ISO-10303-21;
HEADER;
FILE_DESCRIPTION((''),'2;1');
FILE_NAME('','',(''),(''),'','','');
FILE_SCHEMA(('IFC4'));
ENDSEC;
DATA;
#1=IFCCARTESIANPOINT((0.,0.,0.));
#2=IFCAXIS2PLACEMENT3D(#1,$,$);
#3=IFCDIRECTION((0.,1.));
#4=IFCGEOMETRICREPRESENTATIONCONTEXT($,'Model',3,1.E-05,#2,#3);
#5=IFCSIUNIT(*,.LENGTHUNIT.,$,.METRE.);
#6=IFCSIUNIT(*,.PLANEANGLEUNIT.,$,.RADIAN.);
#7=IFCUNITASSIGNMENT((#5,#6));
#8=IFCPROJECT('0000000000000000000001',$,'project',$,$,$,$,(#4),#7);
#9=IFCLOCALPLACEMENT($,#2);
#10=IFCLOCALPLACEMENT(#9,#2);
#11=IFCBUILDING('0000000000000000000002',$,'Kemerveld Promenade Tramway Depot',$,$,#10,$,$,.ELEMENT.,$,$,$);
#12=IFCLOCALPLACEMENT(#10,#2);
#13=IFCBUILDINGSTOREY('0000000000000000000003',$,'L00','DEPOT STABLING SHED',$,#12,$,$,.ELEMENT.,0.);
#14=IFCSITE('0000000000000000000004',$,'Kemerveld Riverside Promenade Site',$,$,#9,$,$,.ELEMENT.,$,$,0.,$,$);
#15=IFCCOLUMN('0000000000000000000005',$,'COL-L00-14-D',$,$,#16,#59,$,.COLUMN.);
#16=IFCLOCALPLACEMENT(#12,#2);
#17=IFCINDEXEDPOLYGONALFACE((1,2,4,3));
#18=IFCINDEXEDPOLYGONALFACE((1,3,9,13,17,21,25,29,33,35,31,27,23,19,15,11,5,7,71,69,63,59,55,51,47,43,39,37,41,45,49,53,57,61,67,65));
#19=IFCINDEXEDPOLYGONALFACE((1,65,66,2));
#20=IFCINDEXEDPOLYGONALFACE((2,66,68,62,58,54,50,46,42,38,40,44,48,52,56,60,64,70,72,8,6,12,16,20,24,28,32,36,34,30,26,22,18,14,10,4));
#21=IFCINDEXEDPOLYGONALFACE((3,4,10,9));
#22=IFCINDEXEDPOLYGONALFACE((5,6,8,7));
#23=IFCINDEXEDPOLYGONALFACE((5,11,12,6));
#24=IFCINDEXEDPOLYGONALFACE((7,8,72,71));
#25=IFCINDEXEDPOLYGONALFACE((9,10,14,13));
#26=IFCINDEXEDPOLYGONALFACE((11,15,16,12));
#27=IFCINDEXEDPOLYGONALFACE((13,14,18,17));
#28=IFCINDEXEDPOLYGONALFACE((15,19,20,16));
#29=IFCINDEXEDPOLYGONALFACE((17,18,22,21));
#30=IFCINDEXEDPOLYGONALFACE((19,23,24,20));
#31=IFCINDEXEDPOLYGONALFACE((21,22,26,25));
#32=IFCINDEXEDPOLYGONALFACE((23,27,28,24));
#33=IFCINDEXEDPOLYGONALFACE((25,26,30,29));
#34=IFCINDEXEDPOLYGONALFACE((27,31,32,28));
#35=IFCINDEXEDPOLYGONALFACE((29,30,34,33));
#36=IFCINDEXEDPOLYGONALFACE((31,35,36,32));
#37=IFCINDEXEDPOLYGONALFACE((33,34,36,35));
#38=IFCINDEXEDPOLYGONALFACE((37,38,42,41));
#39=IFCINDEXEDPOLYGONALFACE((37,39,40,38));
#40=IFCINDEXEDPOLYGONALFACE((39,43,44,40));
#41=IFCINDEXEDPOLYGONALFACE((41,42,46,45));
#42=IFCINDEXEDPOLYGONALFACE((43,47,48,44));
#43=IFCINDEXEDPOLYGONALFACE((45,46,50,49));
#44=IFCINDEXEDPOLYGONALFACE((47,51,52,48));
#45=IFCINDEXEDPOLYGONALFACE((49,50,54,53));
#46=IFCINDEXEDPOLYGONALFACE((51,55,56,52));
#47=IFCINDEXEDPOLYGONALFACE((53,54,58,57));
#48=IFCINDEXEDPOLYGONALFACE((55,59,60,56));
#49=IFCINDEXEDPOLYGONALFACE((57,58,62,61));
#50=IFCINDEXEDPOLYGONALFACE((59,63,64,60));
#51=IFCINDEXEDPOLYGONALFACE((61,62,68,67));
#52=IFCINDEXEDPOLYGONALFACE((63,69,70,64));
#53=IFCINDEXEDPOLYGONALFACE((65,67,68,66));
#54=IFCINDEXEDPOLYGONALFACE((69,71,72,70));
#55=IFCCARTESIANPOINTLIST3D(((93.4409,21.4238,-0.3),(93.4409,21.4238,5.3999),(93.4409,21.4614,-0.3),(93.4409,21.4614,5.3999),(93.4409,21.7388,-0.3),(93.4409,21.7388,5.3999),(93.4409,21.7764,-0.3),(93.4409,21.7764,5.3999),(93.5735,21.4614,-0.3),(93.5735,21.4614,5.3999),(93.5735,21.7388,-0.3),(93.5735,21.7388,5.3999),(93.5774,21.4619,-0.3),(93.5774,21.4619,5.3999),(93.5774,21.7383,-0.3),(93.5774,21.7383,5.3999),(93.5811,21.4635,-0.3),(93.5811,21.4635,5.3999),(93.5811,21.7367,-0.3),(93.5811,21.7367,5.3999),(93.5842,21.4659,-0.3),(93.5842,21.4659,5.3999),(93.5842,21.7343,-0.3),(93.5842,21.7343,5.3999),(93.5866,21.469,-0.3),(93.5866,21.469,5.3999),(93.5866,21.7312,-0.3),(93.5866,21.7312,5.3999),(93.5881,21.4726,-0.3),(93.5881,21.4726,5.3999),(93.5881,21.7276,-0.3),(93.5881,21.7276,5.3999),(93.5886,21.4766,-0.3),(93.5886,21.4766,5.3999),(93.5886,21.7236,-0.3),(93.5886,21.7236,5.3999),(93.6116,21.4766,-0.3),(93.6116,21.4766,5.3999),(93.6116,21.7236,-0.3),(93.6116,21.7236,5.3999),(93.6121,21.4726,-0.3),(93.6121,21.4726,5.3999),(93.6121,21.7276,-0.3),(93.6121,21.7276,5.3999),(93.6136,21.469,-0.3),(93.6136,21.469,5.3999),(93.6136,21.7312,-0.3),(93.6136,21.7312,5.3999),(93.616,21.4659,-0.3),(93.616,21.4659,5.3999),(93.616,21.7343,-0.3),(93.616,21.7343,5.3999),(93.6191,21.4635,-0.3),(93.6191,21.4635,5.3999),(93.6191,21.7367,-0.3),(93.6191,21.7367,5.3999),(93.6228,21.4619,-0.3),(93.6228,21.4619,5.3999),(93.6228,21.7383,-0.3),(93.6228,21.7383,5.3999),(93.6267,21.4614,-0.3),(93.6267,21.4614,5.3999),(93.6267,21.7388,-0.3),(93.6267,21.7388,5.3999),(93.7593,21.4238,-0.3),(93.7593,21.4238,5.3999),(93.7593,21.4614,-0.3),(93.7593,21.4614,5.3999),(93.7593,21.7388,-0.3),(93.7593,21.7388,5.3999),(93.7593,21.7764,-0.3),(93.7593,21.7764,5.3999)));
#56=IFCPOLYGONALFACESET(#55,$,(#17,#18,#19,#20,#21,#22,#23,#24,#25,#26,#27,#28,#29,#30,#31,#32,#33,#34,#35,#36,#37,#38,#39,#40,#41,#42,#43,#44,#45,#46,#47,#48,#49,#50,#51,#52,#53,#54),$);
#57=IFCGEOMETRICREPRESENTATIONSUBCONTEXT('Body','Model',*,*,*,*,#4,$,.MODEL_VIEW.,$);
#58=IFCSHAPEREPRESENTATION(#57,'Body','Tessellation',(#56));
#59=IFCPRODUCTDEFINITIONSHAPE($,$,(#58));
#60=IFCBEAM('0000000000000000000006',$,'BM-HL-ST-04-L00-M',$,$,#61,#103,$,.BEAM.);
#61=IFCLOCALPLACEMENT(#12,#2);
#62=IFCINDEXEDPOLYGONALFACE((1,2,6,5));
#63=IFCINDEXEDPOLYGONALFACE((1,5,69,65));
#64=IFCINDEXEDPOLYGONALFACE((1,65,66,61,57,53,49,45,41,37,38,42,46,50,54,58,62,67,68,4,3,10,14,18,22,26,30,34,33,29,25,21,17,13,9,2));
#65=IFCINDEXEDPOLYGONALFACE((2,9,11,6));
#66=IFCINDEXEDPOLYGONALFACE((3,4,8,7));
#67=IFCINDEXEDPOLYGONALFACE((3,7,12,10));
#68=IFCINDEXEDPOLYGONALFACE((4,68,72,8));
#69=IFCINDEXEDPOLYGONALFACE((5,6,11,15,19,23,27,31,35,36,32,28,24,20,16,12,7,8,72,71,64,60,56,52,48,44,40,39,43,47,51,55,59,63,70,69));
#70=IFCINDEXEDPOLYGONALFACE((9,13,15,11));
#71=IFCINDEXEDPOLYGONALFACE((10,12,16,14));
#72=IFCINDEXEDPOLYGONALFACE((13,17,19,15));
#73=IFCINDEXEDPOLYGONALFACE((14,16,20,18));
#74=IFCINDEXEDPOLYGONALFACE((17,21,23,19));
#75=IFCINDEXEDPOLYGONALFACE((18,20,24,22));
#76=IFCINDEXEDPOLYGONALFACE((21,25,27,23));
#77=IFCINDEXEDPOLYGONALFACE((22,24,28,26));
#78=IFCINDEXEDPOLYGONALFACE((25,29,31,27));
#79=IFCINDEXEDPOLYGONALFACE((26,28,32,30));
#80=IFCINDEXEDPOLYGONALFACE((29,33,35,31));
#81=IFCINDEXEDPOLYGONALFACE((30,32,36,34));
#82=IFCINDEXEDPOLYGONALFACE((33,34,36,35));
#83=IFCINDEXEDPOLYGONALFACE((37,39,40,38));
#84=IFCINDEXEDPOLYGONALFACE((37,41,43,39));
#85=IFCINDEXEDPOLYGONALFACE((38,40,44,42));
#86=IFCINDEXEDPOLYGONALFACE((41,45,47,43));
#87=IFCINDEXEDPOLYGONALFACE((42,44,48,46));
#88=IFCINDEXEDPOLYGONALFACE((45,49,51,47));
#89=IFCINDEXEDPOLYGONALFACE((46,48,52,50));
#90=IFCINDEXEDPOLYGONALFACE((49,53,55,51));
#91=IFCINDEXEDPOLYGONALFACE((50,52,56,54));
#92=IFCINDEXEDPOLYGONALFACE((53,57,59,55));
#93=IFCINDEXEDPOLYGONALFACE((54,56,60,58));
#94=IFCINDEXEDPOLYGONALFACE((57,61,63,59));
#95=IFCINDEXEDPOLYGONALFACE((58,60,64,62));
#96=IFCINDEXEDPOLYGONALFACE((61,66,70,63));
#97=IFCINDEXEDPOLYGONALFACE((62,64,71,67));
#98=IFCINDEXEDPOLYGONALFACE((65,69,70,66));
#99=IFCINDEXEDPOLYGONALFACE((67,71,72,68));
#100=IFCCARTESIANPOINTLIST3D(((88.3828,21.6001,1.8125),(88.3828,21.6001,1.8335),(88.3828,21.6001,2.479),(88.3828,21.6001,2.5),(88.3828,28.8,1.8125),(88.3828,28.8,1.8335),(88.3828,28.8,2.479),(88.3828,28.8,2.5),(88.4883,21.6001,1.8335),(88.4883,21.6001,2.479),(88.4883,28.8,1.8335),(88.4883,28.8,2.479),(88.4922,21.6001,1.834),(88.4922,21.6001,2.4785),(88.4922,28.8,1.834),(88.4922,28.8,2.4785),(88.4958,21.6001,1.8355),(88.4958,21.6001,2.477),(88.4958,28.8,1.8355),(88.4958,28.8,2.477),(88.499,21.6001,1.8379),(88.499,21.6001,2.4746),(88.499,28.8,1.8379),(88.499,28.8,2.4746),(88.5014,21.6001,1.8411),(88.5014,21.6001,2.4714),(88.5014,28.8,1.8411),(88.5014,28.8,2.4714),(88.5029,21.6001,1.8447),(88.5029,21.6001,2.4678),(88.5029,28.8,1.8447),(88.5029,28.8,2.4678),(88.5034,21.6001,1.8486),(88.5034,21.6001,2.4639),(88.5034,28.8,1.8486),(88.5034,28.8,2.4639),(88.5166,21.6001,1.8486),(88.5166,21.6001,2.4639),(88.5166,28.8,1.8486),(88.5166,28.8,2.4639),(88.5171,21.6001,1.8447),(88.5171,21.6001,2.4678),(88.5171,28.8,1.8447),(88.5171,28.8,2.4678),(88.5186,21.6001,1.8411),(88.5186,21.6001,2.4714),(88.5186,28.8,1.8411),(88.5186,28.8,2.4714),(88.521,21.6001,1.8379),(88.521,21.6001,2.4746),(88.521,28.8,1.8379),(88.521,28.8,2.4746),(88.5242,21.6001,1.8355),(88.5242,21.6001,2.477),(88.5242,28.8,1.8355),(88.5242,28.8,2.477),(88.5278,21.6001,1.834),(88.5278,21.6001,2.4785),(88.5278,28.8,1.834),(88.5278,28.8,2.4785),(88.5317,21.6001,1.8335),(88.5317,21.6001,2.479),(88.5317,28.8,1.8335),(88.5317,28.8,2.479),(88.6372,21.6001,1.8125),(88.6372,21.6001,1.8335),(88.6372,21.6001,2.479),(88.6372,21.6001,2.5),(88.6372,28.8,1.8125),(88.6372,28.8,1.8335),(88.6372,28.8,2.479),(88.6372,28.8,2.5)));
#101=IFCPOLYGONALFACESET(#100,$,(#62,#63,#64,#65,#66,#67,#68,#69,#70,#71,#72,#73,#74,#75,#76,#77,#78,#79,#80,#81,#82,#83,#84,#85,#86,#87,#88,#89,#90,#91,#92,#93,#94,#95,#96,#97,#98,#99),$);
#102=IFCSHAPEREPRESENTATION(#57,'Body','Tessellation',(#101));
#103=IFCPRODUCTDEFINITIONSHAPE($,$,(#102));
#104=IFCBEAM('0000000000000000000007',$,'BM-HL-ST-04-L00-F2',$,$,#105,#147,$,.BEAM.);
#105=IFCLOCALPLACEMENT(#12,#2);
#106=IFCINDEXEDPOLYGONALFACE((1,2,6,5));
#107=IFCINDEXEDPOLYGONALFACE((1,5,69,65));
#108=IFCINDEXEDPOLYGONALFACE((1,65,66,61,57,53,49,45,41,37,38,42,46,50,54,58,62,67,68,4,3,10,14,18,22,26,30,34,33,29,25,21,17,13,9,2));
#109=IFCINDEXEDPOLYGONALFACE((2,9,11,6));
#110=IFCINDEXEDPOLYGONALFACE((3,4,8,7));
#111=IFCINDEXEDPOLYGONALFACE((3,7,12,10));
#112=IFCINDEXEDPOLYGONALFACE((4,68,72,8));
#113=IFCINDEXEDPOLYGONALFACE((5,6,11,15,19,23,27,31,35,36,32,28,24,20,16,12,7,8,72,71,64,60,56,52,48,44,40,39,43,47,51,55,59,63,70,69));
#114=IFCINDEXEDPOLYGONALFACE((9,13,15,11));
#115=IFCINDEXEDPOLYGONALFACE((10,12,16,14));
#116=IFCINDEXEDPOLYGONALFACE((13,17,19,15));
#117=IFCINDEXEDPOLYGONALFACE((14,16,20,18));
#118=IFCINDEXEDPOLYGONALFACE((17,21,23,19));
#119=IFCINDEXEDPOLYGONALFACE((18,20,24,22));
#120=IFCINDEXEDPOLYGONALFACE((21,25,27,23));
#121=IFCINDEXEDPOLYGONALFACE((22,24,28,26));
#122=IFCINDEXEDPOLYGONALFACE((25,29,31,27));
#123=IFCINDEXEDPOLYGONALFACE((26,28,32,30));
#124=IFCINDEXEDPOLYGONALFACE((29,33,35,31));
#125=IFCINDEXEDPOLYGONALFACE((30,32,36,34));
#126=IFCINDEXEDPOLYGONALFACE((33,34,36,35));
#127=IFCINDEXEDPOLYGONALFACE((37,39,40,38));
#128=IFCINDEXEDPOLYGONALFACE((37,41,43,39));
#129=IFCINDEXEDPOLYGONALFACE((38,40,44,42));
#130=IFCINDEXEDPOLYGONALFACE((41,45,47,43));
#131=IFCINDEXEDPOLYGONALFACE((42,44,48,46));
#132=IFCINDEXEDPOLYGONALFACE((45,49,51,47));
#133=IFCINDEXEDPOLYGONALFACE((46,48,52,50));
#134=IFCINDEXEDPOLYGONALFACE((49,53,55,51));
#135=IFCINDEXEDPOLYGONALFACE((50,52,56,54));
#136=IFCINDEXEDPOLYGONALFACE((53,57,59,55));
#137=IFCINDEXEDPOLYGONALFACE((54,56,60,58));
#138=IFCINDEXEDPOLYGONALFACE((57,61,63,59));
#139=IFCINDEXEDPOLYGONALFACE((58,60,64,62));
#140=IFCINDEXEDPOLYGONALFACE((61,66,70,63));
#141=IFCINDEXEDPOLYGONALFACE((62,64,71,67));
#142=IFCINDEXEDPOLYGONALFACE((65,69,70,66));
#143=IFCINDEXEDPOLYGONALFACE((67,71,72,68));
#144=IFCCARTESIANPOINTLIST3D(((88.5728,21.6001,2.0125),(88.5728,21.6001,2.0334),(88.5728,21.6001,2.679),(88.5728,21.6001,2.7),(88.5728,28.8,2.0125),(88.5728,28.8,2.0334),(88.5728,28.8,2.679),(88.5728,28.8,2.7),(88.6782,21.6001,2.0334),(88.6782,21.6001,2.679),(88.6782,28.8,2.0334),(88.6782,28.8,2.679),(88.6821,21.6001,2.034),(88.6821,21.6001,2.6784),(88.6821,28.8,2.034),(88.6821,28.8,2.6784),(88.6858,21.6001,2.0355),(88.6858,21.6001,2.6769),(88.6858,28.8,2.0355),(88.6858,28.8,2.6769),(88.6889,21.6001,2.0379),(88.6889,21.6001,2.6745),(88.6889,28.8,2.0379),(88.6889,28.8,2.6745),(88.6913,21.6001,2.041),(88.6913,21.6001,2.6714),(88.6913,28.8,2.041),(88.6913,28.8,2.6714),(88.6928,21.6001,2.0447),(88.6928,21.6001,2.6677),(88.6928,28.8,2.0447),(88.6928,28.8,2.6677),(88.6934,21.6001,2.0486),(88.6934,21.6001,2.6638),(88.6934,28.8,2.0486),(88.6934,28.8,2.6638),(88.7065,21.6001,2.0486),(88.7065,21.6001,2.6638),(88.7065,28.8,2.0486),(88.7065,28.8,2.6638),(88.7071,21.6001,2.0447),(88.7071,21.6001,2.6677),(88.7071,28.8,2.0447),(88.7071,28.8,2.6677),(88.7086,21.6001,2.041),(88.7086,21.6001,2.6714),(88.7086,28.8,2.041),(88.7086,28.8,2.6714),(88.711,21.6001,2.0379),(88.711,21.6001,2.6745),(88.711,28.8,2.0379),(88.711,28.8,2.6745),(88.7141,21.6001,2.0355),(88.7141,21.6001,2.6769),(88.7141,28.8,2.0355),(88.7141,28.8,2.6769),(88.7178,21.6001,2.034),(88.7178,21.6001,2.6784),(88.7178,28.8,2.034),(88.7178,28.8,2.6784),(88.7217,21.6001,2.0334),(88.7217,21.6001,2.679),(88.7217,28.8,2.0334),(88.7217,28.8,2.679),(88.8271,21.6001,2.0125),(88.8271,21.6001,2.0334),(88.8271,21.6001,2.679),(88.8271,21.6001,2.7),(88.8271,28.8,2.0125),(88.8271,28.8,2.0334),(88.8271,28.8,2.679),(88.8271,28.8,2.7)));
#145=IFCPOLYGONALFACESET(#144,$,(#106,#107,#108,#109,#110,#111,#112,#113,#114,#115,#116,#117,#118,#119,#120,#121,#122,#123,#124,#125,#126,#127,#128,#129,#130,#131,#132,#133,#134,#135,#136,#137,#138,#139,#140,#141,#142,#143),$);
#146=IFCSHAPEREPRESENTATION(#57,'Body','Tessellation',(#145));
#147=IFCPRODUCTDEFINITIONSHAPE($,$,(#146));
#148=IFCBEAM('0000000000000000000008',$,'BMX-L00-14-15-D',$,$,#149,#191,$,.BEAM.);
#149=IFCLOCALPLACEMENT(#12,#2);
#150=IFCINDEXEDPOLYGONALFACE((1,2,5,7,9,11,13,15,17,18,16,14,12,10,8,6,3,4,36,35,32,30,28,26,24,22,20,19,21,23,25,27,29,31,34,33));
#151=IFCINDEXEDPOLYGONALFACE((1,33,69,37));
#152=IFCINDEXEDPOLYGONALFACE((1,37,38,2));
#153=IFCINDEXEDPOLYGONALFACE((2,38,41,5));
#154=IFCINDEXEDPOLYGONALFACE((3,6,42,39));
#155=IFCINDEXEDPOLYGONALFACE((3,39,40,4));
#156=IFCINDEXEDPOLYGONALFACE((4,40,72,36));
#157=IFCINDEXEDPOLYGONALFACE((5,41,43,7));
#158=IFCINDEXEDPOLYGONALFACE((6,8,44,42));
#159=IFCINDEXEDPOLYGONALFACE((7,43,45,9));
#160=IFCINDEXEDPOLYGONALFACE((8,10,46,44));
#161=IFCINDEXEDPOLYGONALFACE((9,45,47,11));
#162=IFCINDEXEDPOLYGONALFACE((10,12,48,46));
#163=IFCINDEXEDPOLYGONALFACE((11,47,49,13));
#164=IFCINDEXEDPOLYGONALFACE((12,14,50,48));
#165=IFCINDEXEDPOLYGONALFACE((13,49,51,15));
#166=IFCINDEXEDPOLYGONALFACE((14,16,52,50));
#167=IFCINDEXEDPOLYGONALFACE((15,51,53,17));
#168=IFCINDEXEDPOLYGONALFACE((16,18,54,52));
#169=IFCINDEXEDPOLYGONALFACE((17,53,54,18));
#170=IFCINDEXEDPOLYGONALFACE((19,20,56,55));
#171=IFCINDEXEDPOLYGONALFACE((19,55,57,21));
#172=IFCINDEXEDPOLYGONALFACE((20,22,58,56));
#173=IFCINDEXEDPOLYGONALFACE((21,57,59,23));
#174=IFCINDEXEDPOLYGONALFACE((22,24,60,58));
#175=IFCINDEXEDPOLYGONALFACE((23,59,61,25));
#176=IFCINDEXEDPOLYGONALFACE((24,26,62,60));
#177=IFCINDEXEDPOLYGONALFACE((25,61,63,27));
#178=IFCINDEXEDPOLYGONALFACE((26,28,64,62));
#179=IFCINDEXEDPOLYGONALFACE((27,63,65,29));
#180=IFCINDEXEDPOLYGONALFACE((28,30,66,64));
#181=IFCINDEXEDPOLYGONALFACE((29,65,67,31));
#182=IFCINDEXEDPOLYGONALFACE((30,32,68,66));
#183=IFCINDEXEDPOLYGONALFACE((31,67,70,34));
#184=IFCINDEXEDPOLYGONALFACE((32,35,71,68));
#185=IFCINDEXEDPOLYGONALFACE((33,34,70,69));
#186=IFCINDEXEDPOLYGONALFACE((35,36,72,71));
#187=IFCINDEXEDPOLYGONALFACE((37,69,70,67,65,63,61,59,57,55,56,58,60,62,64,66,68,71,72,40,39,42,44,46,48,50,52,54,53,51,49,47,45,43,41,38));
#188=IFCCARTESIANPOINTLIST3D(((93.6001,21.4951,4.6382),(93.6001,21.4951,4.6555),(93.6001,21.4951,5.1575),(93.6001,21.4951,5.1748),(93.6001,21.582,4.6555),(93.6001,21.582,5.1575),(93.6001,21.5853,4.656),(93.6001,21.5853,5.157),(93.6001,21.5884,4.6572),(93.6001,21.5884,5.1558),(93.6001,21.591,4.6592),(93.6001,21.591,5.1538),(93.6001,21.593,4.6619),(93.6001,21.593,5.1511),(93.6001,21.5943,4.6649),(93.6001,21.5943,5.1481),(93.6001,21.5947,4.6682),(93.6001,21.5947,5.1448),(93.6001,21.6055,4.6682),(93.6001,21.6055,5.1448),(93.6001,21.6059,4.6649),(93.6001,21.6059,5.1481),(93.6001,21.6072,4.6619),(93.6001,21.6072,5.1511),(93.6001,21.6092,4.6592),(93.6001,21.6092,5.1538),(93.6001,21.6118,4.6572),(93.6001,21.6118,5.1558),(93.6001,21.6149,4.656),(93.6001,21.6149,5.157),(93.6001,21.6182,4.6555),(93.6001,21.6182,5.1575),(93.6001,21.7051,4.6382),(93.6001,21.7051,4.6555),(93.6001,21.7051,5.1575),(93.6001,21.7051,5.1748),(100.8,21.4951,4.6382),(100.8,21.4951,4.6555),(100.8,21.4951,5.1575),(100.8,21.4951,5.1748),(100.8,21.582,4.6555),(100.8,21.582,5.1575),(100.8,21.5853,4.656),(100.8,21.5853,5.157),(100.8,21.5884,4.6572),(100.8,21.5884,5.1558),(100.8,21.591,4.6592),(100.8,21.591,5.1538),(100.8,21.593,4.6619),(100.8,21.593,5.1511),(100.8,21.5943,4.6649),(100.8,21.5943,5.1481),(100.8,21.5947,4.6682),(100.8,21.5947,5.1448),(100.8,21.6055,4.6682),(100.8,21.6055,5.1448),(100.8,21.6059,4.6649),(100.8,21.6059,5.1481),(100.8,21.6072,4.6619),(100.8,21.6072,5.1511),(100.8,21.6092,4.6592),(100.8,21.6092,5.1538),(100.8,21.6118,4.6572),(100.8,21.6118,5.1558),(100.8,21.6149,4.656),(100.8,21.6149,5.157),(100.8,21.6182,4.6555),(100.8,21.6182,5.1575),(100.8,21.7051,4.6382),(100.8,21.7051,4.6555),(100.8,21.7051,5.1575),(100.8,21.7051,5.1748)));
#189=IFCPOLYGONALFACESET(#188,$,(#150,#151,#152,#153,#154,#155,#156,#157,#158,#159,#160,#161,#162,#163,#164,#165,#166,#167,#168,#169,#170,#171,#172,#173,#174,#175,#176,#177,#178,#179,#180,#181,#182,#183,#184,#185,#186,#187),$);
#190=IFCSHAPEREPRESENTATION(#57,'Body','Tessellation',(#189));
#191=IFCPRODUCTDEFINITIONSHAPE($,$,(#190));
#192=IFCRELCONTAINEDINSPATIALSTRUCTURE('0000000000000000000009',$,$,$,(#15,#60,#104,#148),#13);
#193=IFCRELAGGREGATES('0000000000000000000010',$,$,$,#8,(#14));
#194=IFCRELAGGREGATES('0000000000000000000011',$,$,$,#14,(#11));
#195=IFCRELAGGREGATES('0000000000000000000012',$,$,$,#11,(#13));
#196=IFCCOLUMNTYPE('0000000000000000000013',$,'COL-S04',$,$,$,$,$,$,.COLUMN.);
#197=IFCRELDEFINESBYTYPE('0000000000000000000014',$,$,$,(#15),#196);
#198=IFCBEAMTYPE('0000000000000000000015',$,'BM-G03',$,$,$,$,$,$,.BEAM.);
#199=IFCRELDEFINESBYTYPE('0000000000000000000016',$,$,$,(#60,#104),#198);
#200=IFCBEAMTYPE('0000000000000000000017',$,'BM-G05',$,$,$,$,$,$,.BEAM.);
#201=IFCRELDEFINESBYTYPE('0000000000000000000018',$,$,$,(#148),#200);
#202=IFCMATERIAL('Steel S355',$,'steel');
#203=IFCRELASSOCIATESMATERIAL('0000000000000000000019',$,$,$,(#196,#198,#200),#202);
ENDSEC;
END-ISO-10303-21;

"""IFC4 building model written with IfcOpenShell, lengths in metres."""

from ifc_helpers import new_model, si_unit, direction, frame, origin, origin_2d, place, context, subcontext, project, spatial, i_section, extrude, material, material_profile, profile_set, type_object, element, save


model = new_model("IFC4")

# Units and contexts
model_context = context("Model", 3, precision=1e-05, world=origin(), true_north=direction((0.0, 1.0)))
body_context = subcontext(model_context, "Body", "Model", "MODEL_VIEW")
ifc_project = project(units=[si_unit("LENGTHUNIT", "METRE"), si_unit("PLANEANGLEUNIT", "RADIAN")], contexts=[model_context])

# Site, building, storey
site_placement = place(None, origin())
site = spatial("IfcSite", under=ifc_project, at=site_placement, Name="Kemerveld Riverside Promenade Site", CompositionType="ELEMENT", RefElevation=0.0)
building_placement = place(site_placement, origin())
building = spatial("IfcBuilding", under=site, at=building_placement, Name="Kemerveld Promenade Tramway Depot", CompositionType="ELEMENT")
storey_placement = place(building_placement, origin())
storey = spatial("IfcBuildingStorey", under=building, at=storey_placement, Name="L00", Description="DEPOT STABLING SHED", CompositionType="ELEMENT", Elevation=0.0)

# Column
ifc_material_1 = material(Name="Steel S355", Category="steel")
ifc_material_profile_1 = material_profile(ifc_material_1, i_section(OverallWidth=0.3184, OverallDepth=0.3525, WebThickness=0.0229, FlangeThickness=0.0376, FilletRadius=0.0151, at=origin_2d()), Name="305x305x240 UC")
ifc_profile_set_1 = profile_set([ifc_material_profile_1], Name="Steel S355")
column_type = type_object("IfcColumnType", Name="COL-S04", PredefinedType="COLUMN", material=ifc_profile_set_1)
column_placement = place(storey_placement, frame((93.6001, 21.6001, -0.3), z_axis=(0.0, 0.0, 1.0), x_axis=(1.0, 0.0, 0.0)))
element("IfcColumn", 1, at=column_placement, inside=storey, type_object=column_type, Name="COL-L00-14-D", PredefinedType="COLUMN", context=body_context, shape_type="SweptSolid", body=[
    extrude(i_section(OverallWidth=0.3184, OverallDepth=0.3525, WebThickness=0.0229, FlangeThickness=0.0376, FilletRadius=0.0151, at=origin_2d()), origin(), (0.0, 0.0, 1.0), 5.7),
])

# Beams
ifc_material_profile_2 = material_profile(ifc_material_1, i_section(OverallWidth=0.2544, OverallDepth=0.6875, WebThickness=0.0132, FlangeThickness=0.021, FilletRadius=0.0151, at=origin_2d()), Name="686x254x152 UB")
ifc_profile_set_2 = profile_set([ifc_material_profile_2], Name="Steel S355")
beam_type_1 = type_object("IfcBeamType", Name="BM-G03", PredefinedType="BEAM", material=ifc_profile_set_2)
for number, where, z_axis, x_axis, name in (
    (2, (88.51, 21.6001, 2.1562), (0.0, 1.0, 0.0), (-1.0, 0.0, 0.0), "BM-HL-ST-04-L00-M"),
    (3, (88.7, 21.6001, 2.3562), (0.0, 1.0, 0.0), (-1.0, 0.0, 0.0), "BM-HL-ST-04-L00-F2"),
):
    element("IfcBeam", number, at=place(storey_placement, frame(where, z_axis=z_axis, x_axis=x_axis)), inside=storey, type_object=beam_type_1, Name=name, PredefinedType="BEAM", context=body_context, shape_type="SweptSolid", body=[
        extrude(i_section(OverallWidth=0.2544, OverallDepth=0.6875, WebThickness=0.0132, FlangeThickness=0.021, FilletRadius=0.0151, at=origin_2d()), origin(), (0.0, 0.0, 1.0), 7.2),
    ])
ifc_material_profile_3 = material_profile(ifc_material_1, i_section(OverallWidth=0.21, OverallDepth=0.5366, WebThickness=0.0107, FlangeThickness=0.0173, FilletRadius=0.0127, at=origin_2d()), Name="533x210x101 UB")
ifc_profile_set_3 = profile_set([ifc_material_profile_3], Name="Steel S355")
beam_type_2 = type_object("IfcBeamType", Name="BM-G05", PredefinedType="BEAM", material=ifc_profile_set_3)
beam_1_placement = place(storey_placement, frame((93.6001, 21.6001, 4.9065), z_axis=(1.0, 0.0, 0.0), x_axis=(0.0, 1.0, 0.0)))
element("IfcBeam", 4, at=beam_1_placement, inside=storey, type_object=beam_type_2, Name="BMX-L00-14-15-D", PredefinedType="BEAM", context=body_context, shape_type="SweptSolid", body=[
    extrude(i_section(OverallWidth=0.21, OverallDepth=0.5366, WebThickness=0.0107, FlangeThickness=0.0173, FilletRadius=0.0127, at=origin_2d()), origin(), (0.0, 0.0, 1.0), 7.2),
])

save(model, "model.ifc")
